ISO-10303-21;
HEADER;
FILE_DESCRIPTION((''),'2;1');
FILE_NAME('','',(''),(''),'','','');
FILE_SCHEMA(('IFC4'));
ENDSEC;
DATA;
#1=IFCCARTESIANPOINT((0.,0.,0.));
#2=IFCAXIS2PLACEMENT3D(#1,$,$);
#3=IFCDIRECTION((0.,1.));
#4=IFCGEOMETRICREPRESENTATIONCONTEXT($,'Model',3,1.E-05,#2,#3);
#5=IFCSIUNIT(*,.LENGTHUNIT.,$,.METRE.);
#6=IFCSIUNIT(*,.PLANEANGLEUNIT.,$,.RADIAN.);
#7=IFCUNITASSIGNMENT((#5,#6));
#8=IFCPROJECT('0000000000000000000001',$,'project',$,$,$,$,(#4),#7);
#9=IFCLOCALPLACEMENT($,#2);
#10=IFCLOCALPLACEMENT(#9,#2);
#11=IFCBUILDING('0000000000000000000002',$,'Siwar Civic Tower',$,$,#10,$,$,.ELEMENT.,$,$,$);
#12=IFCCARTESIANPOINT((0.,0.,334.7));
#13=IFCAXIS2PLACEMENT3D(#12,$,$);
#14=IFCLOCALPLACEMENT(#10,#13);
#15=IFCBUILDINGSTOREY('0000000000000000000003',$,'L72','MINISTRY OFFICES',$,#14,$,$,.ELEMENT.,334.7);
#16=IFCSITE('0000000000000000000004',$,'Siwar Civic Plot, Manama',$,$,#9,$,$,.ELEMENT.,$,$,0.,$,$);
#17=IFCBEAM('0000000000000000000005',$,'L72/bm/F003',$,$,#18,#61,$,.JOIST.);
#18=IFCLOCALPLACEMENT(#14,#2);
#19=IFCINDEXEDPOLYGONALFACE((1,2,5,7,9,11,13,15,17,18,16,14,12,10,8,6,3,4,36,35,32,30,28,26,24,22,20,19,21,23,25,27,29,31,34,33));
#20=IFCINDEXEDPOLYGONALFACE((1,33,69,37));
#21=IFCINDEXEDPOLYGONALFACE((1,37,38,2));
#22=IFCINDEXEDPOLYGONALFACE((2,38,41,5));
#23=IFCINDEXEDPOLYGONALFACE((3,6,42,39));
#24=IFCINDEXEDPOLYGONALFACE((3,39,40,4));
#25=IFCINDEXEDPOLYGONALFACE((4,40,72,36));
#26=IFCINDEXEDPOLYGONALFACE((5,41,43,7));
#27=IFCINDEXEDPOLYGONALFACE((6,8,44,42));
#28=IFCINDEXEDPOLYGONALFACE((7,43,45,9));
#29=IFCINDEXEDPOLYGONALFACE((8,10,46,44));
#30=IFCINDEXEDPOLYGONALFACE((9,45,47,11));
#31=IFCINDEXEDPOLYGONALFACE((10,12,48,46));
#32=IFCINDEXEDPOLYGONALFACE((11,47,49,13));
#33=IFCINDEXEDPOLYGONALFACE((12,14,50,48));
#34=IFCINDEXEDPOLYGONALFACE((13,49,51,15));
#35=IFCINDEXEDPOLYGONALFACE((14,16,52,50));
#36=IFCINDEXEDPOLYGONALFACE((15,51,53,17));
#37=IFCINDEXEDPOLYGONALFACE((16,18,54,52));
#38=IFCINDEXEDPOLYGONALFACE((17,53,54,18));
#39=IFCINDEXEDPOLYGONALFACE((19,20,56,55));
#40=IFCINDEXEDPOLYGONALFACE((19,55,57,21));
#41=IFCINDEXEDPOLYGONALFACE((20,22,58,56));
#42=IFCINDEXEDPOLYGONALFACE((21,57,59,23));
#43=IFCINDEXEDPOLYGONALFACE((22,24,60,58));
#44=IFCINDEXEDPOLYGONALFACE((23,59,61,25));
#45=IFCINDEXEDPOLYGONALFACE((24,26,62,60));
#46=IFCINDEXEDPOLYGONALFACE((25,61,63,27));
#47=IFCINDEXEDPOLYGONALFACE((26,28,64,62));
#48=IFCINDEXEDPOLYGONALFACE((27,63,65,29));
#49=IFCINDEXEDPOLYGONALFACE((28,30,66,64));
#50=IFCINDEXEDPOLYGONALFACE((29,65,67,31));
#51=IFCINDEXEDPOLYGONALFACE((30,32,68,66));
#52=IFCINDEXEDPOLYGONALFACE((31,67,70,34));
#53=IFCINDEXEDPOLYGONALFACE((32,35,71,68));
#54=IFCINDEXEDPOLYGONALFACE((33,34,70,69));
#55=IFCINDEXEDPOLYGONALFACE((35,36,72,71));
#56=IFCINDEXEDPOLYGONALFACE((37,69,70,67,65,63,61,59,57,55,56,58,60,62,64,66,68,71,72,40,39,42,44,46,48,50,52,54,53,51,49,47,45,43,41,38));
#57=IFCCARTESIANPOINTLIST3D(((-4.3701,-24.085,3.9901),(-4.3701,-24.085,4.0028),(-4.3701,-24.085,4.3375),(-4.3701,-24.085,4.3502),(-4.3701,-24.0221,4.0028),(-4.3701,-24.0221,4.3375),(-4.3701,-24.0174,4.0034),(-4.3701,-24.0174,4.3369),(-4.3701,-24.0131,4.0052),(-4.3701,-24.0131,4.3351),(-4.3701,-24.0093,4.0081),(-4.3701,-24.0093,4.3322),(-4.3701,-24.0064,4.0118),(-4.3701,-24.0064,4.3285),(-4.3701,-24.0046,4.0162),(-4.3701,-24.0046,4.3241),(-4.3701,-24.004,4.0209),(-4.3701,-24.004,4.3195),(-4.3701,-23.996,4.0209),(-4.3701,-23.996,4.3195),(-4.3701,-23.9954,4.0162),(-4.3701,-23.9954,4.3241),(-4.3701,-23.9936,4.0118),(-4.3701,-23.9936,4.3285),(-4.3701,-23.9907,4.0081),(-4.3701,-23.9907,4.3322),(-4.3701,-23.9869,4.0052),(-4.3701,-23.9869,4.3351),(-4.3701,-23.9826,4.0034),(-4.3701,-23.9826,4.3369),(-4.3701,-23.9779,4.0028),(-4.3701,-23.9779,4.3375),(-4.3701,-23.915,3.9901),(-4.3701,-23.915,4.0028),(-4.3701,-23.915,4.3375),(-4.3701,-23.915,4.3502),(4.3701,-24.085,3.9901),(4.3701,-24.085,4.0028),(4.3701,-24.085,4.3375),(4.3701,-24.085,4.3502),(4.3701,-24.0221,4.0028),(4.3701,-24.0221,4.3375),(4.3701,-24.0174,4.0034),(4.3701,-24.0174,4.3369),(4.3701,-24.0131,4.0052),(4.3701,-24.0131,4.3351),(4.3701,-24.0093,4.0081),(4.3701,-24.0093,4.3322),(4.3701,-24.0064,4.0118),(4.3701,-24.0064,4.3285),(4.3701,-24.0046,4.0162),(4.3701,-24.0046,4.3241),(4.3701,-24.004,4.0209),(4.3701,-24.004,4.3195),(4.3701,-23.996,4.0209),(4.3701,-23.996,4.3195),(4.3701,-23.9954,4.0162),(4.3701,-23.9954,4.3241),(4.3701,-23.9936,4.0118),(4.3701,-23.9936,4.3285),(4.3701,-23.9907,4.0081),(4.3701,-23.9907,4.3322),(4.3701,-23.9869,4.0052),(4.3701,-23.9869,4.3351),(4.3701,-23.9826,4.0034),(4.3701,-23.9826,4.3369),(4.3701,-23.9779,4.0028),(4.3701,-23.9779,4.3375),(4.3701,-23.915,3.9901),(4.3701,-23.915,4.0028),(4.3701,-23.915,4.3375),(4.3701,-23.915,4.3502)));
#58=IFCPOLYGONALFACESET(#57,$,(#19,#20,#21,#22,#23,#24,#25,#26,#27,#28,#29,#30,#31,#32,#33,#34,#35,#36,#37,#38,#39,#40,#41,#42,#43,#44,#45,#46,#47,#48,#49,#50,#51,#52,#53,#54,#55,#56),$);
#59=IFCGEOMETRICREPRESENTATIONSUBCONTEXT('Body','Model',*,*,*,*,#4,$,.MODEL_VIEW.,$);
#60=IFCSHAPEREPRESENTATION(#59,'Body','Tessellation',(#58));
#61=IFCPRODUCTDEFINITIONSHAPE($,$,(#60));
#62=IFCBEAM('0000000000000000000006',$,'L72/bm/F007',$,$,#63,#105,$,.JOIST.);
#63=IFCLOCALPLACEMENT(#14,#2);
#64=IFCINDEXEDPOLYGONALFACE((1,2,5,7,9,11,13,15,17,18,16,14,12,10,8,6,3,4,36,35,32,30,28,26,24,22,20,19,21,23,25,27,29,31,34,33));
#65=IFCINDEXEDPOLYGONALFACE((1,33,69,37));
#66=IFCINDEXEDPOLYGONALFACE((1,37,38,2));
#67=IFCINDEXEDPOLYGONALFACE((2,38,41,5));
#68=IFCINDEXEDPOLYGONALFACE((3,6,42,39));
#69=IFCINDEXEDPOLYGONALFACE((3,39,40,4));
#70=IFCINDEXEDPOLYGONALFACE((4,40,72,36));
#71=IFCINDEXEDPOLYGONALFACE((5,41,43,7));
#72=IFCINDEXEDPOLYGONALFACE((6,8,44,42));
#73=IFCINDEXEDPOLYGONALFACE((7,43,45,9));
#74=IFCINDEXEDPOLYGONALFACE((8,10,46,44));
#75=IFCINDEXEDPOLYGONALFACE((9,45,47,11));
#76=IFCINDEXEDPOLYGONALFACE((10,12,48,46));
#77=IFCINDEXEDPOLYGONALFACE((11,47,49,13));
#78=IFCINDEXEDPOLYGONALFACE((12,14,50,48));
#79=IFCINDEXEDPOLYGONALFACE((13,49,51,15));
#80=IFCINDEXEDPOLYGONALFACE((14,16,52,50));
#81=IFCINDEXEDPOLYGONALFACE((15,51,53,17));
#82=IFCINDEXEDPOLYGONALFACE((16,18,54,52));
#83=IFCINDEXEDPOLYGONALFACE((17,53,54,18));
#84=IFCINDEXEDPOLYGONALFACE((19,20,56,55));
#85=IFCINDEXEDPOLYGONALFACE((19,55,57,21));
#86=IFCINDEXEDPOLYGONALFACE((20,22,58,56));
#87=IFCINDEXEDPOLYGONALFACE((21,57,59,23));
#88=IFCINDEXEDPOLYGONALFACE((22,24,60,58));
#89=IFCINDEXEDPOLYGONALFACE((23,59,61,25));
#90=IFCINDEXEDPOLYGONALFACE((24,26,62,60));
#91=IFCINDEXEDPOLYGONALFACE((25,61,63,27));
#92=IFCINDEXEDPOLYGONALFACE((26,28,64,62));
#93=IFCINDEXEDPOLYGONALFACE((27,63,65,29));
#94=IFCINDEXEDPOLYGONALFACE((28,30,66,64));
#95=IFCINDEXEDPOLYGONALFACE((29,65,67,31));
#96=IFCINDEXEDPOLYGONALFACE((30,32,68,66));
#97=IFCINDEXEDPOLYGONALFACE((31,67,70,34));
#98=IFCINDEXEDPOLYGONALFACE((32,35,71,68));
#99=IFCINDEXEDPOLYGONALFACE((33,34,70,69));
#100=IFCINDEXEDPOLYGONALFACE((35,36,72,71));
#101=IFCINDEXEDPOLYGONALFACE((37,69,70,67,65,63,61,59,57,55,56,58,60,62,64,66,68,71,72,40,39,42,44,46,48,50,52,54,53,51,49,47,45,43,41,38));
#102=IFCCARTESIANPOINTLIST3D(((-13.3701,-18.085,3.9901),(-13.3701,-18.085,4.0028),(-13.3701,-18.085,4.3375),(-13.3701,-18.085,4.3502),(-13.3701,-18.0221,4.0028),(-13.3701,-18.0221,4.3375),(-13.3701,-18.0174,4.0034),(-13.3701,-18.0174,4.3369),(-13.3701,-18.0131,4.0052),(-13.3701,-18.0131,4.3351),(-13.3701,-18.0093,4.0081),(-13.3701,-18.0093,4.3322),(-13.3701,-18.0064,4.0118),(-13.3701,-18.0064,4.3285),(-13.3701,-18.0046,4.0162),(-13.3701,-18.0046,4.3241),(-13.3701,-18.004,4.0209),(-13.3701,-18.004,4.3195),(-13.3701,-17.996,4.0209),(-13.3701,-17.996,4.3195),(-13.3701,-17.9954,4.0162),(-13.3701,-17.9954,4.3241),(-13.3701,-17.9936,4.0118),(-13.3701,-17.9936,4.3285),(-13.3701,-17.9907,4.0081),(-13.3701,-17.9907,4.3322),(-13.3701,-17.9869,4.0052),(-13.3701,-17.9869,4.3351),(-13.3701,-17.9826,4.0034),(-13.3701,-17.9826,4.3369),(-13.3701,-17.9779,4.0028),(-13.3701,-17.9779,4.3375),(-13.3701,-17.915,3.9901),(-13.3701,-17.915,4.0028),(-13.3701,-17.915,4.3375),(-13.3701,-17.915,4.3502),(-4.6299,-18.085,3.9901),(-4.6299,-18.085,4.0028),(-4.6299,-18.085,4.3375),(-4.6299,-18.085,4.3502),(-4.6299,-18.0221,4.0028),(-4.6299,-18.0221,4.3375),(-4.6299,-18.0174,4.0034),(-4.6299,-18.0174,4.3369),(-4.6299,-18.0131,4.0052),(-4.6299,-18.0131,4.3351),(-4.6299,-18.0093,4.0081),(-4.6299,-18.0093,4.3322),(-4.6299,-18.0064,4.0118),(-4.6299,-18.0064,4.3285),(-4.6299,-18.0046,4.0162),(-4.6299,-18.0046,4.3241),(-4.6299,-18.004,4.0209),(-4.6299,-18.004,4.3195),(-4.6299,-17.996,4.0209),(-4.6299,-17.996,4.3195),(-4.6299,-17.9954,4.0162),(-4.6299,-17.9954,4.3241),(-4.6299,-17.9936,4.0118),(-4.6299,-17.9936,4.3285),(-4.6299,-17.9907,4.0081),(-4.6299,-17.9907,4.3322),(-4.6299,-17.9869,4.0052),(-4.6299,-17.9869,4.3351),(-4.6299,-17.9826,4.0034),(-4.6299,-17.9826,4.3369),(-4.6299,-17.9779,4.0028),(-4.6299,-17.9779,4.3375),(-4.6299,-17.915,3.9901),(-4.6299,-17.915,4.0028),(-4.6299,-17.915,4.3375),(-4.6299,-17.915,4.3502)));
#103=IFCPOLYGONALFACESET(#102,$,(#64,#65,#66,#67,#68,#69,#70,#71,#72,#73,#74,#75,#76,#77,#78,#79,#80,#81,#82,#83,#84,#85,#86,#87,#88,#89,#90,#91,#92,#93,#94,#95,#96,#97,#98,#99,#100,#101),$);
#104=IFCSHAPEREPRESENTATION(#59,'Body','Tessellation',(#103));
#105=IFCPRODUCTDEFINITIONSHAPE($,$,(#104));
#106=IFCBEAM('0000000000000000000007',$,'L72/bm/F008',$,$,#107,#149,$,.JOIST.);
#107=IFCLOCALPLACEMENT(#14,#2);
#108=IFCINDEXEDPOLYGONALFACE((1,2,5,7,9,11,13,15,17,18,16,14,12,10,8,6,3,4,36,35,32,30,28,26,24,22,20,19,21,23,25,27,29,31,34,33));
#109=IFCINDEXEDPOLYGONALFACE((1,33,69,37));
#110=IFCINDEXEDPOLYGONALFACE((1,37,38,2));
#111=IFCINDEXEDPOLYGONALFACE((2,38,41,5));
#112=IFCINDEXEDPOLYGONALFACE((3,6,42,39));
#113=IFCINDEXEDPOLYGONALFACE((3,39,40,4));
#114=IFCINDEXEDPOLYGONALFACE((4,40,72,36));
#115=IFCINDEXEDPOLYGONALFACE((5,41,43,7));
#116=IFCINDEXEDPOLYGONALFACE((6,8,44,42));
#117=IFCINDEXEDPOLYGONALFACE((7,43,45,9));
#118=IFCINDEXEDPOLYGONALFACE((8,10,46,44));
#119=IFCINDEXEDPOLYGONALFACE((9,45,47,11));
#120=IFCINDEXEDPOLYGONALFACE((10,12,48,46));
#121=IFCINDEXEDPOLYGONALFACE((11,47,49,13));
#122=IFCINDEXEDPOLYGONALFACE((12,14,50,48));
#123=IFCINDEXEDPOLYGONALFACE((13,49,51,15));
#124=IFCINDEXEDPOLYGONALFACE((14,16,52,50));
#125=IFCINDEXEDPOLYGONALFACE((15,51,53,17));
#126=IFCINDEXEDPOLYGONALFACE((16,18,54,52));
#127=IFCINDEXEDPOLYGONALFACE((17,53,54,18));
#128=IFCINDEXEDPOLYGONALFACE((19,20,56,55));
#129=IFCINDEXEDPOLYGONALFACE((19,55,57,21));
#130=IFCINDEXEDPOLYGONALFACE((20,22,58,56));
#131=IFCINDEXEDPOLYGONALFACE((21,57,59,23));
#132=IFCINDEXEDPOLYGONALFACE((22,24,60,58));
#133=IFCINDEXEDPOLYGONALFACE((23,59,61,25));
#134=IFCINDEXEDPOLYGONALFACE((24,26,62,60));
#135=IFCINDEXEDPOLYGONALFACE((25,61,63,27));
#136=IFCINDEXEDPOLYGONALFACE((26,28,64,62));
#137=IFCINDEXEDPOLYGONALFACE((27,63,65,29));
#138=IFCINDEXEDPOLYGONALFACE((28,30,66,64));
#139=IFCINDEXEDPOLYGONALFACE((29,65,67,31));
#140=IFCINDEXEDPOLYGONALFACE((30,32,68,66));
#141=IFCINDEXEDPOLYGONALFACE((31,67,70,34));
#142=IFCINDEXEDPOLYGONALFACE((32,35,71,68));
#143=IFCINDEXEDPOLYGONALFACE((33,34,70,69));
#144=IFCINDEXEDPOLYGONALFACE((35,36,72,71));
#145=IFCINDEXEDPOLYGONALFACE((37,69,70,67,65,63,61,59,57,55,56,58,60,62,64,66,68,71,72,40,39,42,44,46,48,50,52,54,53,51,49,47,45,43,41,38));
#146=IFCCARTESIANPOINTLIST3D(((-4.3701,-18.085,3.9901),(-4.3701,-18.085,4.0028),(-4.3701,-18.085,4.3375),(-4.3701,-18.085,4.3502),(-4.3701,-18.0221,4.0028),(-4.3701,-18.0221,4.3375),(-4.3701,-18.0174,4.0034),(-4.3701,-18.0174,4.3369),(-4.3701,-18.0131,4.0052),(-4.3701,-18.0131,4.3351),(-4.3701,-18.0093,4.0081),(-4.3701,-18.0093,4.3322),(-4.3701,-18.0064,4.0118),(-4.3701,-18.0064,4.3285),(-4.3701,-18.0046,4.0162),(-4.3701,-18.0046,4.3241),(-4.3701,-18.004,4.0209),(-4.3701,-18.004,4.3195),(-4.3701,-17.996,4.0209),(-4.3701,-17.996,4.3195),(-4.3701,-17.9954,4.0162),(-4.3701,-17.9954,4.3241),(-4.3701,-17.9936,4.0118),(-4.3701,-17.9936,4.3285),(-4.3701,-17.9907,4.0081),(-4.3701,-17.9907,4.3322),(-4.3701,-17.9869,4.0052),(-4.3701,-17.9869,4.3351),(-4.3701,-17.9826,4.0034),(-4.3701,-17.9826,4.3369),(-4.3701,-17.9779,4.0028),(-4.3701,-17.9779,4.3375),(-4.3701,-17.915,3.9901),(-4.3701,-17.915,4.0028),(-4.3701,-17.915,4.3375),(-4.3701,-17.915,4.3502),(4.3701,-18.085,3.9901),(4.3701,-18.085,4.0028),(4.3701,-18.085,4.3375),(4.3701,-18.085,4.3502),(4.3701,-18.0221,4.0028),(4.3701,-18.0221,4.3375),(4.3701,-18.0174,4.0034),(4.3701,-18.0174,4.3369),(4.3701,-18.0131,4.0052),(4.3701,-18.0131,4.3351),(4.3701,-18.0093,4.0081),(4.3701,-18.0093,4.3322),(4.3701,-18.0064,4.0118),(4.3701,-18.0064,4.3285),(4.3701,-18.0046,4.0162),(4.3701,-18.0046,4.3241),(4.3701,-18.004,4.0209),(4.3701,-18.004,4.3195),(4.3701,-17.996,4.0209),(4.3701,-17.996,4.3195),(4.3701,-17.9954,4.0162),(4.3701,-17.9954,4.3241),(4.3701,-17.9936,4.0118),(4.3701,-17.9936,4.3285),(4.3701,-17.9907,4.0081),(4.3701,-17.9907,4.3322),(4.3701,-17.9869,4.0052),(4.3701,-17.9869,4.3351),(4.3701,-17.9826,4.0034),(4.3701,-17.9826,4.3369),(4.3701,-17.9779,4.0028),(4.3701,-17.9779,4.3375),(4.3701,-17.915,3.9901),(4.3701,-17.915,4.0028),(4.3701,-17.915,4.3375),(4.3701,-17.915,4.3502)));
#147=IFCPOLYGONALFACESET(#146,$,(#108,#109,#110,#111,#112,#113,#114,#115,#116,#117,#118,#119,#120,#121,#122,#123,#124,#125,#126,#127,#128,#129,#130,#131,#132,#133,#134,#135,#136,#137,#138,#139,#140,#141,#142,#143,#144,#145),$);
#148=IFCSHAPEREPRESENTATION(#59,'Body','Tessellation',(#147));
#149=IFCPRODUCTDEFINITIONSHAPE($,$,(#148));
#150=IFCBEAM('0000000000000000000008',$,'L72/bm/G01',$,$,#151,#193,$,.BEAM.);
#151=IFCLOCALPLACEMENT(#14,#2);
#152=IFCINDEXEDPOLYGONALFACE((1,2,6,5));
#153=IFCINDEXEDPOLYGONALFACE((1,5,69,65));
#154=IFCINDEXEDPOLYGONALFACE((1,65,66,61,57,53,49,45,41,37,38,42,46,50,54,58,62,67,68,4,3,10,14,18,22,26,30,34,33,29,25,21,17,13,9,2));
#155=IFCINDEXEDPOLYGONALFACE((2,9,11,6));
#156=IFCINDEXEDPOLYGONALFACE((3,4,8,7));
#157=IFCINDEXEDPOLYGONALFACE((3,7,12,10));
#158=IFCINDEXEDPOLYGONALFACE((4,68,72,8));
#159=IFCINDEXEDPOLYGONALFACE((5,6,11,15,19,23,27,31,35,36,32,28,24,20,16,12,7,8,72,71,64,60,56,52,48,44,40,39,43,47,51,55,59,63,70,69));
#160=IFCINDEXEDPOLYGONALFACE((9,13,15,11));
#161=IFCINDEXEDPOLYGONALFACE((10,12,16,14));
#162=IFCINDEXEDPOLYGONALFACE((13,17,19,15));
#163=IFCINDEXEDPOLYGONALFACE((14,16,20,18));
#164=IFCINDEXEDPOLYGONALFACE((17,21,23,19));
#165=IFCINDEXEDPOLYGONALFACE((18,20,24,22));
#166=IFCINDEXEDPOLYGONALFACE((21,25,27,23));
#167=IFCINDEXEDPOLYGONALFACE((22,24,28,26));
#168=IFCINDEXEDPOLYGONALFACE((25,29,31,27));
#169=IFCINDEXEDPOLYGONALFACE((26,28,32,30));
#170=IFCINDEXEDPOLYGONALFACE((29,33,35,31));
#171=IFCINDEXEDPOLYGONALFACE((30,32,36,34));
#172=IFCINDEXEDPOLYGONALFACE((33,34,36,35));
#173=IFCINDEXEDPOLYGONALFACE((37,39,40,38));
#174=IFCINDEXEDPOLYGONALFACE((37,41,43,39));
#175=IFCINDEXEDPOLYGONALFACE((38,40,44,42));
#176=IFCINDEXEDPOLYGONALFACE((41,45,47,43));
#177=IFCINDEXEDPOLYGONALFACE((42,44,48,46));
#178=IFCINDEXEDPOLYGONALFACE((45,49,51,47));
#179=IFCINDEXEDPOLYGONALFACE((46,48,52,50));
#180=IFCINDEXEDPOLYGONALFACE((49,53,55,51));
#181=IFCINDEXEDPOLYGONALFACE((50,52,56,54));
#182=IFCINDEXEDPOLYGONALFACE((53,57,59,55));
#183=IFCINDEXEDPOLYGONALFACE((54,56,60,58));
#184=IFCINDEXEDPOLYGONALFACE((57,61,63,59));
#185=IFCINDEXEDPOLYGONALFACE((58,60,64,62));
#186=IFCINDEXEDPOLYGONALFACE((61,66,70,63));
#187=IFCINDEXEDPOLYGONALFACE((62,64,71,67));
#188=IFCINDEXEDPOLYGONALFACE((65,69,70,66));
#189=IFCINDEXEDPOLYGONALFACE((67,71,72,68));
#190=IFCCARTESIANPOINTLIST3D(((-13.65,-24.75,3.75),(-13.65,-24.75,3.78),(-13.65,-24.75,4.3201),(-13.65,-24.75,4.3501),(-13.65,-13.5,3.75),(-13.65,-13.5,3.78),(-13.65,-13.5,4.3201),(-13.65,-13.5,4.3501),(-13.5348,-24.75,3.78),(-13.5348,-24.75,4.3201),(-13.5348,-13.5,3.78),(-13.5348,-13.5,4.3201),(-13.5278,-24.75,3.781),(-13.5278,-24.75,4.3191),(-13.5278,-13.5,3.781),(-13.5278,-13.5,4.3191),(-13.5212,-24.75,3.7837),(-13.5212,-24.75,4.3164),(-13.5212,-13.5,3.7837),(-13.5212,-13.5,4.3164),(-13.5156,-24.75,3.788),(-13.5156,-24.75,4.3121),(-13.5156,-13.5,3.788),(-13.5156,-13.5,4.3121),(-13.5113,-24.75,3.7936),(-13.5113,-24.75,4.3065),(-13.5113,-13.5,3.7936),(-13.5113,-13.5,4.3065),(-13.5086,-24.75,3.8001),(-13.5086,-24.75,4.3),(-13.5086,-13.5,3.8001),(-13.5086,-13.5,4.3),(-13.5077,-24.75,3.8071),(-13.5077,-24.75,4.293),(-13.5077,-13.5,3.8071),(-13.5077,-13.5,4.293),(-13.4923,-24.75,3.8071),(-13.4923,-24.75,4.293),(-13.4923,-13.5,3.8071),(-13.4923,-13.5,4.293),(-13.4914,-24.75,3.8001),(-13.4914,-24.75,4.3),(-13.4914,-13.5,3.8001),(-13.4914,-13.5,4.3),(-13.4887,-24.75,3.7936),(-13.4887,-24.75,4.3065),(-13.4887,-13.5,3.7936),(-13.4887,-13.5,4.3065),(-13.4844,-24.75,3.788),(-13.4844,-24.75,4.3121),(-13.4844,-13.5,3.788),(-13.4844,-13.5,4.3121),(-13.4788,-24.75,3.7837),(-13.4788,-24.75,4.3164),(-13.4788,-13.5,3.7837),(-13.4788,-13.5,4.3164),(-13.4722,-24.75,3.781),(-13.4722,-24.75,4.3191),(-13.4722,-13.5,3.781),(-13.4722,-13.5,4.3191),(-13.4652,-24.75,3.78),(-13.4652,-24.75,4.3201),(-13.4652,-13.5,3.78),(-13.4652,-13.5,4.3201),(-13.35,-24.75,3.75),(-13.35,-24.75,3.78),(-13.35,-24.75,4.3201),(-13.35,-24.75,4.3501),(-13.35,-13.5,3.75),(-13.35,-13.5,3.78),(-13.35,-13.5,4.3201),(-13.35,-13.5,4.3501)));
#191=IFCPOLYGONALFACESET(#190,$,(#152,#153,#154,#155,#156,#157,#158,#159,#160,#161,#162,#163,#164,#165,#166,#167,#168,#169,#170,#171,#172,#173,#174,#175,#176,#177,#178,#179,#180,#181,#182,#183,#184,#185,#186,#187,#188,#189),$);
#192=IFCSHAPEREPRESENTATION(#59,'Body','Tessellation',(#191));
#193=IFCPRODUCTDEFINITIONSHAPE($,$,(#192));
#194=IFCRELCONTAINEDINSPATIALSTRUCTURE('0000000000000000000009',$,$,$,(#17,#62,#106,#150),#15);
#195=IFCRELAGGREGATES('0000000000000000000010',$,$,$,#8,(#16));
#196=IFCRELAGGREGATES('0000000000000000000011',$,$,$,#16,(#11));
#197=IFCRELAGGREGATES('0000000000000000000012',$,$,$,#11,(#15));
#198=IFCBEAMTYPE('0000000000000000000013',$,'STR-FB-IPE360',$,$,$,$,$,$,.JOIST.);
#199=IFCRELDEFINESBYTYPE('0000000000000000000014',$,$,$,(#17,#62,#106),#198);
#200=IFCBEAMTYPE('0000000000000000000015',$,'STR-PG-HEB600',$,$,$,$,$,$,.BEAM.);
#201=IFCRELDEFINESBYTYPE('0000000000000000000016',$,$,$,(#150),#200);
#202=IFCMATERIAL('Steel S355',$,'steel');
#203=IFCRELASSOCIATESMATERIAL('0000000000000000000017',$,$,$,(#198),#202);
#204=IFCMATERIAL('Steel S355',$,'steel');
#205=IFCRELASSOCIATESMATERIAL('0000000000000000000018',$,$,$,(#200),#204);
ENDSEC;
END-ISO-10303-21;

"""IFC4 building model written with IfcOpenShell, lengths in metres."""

from ifc_helpers import new_model, si_unit, direction, frame, origin, origin_2d, place, context, subcontext, project, spatial, i_section, extrude, material, material_profile, profile_set, type_object, element, save


model = new_model("IFC4")

# Units and contexts
model_context = context("Model", 3, precision=1e-05, world=origin(), true_north=direction((0.0, 1.0)))
body_context = subcontext(model_context, "Body", "Model", "MODEL_VIEW")
ifc_project = project(units=[si_unit("LENGTHUNIT", "METRE"), si_unit("PLANEANGLEUNIT", "RADIAN")], contexts=[model_context])

# Site, building, storey
site_placement = place(None, origin())
site = spatial("IfcSite", under=ifc_project, at=site_placement, Name="Siwar Civic Plot, Manama", CompositionType="ELEMENT", RefElevation=0.0)
building_placement = place(site_placement, origin())
building = spatial("IfcBuilding", under=site, at=building_placement, Name="Siwar Civic Tower", CompositionType="ELEMENT")
storey_placement = place(building_placement, frame((0.0, 0.0, 334.7)))
storey = spatial("IfcBuildingStorey", under=building, at=storey_placement, Name="L72", Description="MINISTRY OFFICES", CompositionType="ELEMENT", Elevation=334.7)

# Beams
ifc_material_1 = material(Name="Steel S355", Category="steel")
ifc_material_profile_1 = material_profile(ifc_material_1, i_section(OverallWidth=0.1699, OverallDepth=0.3601, WebThickness=0.0081, FlangeThickness=0.0127, FilletRadius=0.0181, at=origin_2d()), Name="IPE360")
ifc_profile_set_1 = profile_set([ifc_material_profile_1], Name="Steel S355")
beam_type_1 = type_object("IfcBeamType", Name="STR-FB-IPE360", PredefinedType="JOIST", material=ifc_profile_set_1)
for number, where, z_axis, x_axis, name in (
    (1, (-4.3701, -24.0, 4.1702), (1.0, 0.0, 0.0), (0.0, 1.0, 0.0), "L72/bm/F003"),
    (2, (-13.3701, -18.0, 4.1702), (1.0, 0.0, 0.0), (0.0, 1.0, 0.0), "L72/bm/F007"),
    (3, (-4.3701, -18.0, 4.1702), (1.0, 0.0, 0.0), (0.0, 1.0, 0.0), "L72/bm/F008"),
):
    element("IfcBeam", number, at=place(storey_placement, frame(where, z_axis=z_axis, x_axis=x_axis)), inside=storey, type_object=beam_type_1, Name=name, PredefinedType="JOIST", context=body_context, shape_type="SweptSolid", body=[
        extrude(i_section(OverallWidth=0.1699, OverallDepth=0.3601, WebThickness=0.0081, FlangeThickness=0.0127, FilletRadius=0.0181, at=origin_2d()), origin(), (0.0, 0.0, 1.0), 8.7402),
    ])
ifc_material_2 = material(Name="Steel S355", Category="steel")
ifc_material_profile_2 = material_profile(ifc_material_2, i_section(OverallWidth=0.3, OverallDepth=0.6001, WebThickness=0.0154, FlangeThickness=0.03, FilletRadius=0.0271, at=origin_2d()), Name="HEB600")
ifc_profile_set_2 = profile_set([ifc_material_profile_2], Name="Steel S355")
beam_type_2 = type_object("IfcBeamType", Name="STR-PG-HEB600", PredefinedType="BEAM", material=ifc_profile_set_2)
beam_1_placement = place(storey_placement, frame((-13.5, -24.75, 4.05), z_axis=(0.0, 1.0, 0.0), x_axis=(-1.0, 0.0, 0.0)))
element("IfcBeam", 4, at=beam_1_placement, inside=storey, type_object=beam_type_2, Name="L72/bm/G01", PredefinedType="BEAM", context=body_context, shape_type="SweptSolid", body=[
    extrude(i_section(OverallWidth=0.3, OverallDepth=0.6001, WebThickness=0.0154, FlangeThickness=0.03, FilletRadius=0.0271, at=origin_2d()), origin(), (0.0, 0.0, 1.0), 11.25),
])

save(model, "model.ifc")
